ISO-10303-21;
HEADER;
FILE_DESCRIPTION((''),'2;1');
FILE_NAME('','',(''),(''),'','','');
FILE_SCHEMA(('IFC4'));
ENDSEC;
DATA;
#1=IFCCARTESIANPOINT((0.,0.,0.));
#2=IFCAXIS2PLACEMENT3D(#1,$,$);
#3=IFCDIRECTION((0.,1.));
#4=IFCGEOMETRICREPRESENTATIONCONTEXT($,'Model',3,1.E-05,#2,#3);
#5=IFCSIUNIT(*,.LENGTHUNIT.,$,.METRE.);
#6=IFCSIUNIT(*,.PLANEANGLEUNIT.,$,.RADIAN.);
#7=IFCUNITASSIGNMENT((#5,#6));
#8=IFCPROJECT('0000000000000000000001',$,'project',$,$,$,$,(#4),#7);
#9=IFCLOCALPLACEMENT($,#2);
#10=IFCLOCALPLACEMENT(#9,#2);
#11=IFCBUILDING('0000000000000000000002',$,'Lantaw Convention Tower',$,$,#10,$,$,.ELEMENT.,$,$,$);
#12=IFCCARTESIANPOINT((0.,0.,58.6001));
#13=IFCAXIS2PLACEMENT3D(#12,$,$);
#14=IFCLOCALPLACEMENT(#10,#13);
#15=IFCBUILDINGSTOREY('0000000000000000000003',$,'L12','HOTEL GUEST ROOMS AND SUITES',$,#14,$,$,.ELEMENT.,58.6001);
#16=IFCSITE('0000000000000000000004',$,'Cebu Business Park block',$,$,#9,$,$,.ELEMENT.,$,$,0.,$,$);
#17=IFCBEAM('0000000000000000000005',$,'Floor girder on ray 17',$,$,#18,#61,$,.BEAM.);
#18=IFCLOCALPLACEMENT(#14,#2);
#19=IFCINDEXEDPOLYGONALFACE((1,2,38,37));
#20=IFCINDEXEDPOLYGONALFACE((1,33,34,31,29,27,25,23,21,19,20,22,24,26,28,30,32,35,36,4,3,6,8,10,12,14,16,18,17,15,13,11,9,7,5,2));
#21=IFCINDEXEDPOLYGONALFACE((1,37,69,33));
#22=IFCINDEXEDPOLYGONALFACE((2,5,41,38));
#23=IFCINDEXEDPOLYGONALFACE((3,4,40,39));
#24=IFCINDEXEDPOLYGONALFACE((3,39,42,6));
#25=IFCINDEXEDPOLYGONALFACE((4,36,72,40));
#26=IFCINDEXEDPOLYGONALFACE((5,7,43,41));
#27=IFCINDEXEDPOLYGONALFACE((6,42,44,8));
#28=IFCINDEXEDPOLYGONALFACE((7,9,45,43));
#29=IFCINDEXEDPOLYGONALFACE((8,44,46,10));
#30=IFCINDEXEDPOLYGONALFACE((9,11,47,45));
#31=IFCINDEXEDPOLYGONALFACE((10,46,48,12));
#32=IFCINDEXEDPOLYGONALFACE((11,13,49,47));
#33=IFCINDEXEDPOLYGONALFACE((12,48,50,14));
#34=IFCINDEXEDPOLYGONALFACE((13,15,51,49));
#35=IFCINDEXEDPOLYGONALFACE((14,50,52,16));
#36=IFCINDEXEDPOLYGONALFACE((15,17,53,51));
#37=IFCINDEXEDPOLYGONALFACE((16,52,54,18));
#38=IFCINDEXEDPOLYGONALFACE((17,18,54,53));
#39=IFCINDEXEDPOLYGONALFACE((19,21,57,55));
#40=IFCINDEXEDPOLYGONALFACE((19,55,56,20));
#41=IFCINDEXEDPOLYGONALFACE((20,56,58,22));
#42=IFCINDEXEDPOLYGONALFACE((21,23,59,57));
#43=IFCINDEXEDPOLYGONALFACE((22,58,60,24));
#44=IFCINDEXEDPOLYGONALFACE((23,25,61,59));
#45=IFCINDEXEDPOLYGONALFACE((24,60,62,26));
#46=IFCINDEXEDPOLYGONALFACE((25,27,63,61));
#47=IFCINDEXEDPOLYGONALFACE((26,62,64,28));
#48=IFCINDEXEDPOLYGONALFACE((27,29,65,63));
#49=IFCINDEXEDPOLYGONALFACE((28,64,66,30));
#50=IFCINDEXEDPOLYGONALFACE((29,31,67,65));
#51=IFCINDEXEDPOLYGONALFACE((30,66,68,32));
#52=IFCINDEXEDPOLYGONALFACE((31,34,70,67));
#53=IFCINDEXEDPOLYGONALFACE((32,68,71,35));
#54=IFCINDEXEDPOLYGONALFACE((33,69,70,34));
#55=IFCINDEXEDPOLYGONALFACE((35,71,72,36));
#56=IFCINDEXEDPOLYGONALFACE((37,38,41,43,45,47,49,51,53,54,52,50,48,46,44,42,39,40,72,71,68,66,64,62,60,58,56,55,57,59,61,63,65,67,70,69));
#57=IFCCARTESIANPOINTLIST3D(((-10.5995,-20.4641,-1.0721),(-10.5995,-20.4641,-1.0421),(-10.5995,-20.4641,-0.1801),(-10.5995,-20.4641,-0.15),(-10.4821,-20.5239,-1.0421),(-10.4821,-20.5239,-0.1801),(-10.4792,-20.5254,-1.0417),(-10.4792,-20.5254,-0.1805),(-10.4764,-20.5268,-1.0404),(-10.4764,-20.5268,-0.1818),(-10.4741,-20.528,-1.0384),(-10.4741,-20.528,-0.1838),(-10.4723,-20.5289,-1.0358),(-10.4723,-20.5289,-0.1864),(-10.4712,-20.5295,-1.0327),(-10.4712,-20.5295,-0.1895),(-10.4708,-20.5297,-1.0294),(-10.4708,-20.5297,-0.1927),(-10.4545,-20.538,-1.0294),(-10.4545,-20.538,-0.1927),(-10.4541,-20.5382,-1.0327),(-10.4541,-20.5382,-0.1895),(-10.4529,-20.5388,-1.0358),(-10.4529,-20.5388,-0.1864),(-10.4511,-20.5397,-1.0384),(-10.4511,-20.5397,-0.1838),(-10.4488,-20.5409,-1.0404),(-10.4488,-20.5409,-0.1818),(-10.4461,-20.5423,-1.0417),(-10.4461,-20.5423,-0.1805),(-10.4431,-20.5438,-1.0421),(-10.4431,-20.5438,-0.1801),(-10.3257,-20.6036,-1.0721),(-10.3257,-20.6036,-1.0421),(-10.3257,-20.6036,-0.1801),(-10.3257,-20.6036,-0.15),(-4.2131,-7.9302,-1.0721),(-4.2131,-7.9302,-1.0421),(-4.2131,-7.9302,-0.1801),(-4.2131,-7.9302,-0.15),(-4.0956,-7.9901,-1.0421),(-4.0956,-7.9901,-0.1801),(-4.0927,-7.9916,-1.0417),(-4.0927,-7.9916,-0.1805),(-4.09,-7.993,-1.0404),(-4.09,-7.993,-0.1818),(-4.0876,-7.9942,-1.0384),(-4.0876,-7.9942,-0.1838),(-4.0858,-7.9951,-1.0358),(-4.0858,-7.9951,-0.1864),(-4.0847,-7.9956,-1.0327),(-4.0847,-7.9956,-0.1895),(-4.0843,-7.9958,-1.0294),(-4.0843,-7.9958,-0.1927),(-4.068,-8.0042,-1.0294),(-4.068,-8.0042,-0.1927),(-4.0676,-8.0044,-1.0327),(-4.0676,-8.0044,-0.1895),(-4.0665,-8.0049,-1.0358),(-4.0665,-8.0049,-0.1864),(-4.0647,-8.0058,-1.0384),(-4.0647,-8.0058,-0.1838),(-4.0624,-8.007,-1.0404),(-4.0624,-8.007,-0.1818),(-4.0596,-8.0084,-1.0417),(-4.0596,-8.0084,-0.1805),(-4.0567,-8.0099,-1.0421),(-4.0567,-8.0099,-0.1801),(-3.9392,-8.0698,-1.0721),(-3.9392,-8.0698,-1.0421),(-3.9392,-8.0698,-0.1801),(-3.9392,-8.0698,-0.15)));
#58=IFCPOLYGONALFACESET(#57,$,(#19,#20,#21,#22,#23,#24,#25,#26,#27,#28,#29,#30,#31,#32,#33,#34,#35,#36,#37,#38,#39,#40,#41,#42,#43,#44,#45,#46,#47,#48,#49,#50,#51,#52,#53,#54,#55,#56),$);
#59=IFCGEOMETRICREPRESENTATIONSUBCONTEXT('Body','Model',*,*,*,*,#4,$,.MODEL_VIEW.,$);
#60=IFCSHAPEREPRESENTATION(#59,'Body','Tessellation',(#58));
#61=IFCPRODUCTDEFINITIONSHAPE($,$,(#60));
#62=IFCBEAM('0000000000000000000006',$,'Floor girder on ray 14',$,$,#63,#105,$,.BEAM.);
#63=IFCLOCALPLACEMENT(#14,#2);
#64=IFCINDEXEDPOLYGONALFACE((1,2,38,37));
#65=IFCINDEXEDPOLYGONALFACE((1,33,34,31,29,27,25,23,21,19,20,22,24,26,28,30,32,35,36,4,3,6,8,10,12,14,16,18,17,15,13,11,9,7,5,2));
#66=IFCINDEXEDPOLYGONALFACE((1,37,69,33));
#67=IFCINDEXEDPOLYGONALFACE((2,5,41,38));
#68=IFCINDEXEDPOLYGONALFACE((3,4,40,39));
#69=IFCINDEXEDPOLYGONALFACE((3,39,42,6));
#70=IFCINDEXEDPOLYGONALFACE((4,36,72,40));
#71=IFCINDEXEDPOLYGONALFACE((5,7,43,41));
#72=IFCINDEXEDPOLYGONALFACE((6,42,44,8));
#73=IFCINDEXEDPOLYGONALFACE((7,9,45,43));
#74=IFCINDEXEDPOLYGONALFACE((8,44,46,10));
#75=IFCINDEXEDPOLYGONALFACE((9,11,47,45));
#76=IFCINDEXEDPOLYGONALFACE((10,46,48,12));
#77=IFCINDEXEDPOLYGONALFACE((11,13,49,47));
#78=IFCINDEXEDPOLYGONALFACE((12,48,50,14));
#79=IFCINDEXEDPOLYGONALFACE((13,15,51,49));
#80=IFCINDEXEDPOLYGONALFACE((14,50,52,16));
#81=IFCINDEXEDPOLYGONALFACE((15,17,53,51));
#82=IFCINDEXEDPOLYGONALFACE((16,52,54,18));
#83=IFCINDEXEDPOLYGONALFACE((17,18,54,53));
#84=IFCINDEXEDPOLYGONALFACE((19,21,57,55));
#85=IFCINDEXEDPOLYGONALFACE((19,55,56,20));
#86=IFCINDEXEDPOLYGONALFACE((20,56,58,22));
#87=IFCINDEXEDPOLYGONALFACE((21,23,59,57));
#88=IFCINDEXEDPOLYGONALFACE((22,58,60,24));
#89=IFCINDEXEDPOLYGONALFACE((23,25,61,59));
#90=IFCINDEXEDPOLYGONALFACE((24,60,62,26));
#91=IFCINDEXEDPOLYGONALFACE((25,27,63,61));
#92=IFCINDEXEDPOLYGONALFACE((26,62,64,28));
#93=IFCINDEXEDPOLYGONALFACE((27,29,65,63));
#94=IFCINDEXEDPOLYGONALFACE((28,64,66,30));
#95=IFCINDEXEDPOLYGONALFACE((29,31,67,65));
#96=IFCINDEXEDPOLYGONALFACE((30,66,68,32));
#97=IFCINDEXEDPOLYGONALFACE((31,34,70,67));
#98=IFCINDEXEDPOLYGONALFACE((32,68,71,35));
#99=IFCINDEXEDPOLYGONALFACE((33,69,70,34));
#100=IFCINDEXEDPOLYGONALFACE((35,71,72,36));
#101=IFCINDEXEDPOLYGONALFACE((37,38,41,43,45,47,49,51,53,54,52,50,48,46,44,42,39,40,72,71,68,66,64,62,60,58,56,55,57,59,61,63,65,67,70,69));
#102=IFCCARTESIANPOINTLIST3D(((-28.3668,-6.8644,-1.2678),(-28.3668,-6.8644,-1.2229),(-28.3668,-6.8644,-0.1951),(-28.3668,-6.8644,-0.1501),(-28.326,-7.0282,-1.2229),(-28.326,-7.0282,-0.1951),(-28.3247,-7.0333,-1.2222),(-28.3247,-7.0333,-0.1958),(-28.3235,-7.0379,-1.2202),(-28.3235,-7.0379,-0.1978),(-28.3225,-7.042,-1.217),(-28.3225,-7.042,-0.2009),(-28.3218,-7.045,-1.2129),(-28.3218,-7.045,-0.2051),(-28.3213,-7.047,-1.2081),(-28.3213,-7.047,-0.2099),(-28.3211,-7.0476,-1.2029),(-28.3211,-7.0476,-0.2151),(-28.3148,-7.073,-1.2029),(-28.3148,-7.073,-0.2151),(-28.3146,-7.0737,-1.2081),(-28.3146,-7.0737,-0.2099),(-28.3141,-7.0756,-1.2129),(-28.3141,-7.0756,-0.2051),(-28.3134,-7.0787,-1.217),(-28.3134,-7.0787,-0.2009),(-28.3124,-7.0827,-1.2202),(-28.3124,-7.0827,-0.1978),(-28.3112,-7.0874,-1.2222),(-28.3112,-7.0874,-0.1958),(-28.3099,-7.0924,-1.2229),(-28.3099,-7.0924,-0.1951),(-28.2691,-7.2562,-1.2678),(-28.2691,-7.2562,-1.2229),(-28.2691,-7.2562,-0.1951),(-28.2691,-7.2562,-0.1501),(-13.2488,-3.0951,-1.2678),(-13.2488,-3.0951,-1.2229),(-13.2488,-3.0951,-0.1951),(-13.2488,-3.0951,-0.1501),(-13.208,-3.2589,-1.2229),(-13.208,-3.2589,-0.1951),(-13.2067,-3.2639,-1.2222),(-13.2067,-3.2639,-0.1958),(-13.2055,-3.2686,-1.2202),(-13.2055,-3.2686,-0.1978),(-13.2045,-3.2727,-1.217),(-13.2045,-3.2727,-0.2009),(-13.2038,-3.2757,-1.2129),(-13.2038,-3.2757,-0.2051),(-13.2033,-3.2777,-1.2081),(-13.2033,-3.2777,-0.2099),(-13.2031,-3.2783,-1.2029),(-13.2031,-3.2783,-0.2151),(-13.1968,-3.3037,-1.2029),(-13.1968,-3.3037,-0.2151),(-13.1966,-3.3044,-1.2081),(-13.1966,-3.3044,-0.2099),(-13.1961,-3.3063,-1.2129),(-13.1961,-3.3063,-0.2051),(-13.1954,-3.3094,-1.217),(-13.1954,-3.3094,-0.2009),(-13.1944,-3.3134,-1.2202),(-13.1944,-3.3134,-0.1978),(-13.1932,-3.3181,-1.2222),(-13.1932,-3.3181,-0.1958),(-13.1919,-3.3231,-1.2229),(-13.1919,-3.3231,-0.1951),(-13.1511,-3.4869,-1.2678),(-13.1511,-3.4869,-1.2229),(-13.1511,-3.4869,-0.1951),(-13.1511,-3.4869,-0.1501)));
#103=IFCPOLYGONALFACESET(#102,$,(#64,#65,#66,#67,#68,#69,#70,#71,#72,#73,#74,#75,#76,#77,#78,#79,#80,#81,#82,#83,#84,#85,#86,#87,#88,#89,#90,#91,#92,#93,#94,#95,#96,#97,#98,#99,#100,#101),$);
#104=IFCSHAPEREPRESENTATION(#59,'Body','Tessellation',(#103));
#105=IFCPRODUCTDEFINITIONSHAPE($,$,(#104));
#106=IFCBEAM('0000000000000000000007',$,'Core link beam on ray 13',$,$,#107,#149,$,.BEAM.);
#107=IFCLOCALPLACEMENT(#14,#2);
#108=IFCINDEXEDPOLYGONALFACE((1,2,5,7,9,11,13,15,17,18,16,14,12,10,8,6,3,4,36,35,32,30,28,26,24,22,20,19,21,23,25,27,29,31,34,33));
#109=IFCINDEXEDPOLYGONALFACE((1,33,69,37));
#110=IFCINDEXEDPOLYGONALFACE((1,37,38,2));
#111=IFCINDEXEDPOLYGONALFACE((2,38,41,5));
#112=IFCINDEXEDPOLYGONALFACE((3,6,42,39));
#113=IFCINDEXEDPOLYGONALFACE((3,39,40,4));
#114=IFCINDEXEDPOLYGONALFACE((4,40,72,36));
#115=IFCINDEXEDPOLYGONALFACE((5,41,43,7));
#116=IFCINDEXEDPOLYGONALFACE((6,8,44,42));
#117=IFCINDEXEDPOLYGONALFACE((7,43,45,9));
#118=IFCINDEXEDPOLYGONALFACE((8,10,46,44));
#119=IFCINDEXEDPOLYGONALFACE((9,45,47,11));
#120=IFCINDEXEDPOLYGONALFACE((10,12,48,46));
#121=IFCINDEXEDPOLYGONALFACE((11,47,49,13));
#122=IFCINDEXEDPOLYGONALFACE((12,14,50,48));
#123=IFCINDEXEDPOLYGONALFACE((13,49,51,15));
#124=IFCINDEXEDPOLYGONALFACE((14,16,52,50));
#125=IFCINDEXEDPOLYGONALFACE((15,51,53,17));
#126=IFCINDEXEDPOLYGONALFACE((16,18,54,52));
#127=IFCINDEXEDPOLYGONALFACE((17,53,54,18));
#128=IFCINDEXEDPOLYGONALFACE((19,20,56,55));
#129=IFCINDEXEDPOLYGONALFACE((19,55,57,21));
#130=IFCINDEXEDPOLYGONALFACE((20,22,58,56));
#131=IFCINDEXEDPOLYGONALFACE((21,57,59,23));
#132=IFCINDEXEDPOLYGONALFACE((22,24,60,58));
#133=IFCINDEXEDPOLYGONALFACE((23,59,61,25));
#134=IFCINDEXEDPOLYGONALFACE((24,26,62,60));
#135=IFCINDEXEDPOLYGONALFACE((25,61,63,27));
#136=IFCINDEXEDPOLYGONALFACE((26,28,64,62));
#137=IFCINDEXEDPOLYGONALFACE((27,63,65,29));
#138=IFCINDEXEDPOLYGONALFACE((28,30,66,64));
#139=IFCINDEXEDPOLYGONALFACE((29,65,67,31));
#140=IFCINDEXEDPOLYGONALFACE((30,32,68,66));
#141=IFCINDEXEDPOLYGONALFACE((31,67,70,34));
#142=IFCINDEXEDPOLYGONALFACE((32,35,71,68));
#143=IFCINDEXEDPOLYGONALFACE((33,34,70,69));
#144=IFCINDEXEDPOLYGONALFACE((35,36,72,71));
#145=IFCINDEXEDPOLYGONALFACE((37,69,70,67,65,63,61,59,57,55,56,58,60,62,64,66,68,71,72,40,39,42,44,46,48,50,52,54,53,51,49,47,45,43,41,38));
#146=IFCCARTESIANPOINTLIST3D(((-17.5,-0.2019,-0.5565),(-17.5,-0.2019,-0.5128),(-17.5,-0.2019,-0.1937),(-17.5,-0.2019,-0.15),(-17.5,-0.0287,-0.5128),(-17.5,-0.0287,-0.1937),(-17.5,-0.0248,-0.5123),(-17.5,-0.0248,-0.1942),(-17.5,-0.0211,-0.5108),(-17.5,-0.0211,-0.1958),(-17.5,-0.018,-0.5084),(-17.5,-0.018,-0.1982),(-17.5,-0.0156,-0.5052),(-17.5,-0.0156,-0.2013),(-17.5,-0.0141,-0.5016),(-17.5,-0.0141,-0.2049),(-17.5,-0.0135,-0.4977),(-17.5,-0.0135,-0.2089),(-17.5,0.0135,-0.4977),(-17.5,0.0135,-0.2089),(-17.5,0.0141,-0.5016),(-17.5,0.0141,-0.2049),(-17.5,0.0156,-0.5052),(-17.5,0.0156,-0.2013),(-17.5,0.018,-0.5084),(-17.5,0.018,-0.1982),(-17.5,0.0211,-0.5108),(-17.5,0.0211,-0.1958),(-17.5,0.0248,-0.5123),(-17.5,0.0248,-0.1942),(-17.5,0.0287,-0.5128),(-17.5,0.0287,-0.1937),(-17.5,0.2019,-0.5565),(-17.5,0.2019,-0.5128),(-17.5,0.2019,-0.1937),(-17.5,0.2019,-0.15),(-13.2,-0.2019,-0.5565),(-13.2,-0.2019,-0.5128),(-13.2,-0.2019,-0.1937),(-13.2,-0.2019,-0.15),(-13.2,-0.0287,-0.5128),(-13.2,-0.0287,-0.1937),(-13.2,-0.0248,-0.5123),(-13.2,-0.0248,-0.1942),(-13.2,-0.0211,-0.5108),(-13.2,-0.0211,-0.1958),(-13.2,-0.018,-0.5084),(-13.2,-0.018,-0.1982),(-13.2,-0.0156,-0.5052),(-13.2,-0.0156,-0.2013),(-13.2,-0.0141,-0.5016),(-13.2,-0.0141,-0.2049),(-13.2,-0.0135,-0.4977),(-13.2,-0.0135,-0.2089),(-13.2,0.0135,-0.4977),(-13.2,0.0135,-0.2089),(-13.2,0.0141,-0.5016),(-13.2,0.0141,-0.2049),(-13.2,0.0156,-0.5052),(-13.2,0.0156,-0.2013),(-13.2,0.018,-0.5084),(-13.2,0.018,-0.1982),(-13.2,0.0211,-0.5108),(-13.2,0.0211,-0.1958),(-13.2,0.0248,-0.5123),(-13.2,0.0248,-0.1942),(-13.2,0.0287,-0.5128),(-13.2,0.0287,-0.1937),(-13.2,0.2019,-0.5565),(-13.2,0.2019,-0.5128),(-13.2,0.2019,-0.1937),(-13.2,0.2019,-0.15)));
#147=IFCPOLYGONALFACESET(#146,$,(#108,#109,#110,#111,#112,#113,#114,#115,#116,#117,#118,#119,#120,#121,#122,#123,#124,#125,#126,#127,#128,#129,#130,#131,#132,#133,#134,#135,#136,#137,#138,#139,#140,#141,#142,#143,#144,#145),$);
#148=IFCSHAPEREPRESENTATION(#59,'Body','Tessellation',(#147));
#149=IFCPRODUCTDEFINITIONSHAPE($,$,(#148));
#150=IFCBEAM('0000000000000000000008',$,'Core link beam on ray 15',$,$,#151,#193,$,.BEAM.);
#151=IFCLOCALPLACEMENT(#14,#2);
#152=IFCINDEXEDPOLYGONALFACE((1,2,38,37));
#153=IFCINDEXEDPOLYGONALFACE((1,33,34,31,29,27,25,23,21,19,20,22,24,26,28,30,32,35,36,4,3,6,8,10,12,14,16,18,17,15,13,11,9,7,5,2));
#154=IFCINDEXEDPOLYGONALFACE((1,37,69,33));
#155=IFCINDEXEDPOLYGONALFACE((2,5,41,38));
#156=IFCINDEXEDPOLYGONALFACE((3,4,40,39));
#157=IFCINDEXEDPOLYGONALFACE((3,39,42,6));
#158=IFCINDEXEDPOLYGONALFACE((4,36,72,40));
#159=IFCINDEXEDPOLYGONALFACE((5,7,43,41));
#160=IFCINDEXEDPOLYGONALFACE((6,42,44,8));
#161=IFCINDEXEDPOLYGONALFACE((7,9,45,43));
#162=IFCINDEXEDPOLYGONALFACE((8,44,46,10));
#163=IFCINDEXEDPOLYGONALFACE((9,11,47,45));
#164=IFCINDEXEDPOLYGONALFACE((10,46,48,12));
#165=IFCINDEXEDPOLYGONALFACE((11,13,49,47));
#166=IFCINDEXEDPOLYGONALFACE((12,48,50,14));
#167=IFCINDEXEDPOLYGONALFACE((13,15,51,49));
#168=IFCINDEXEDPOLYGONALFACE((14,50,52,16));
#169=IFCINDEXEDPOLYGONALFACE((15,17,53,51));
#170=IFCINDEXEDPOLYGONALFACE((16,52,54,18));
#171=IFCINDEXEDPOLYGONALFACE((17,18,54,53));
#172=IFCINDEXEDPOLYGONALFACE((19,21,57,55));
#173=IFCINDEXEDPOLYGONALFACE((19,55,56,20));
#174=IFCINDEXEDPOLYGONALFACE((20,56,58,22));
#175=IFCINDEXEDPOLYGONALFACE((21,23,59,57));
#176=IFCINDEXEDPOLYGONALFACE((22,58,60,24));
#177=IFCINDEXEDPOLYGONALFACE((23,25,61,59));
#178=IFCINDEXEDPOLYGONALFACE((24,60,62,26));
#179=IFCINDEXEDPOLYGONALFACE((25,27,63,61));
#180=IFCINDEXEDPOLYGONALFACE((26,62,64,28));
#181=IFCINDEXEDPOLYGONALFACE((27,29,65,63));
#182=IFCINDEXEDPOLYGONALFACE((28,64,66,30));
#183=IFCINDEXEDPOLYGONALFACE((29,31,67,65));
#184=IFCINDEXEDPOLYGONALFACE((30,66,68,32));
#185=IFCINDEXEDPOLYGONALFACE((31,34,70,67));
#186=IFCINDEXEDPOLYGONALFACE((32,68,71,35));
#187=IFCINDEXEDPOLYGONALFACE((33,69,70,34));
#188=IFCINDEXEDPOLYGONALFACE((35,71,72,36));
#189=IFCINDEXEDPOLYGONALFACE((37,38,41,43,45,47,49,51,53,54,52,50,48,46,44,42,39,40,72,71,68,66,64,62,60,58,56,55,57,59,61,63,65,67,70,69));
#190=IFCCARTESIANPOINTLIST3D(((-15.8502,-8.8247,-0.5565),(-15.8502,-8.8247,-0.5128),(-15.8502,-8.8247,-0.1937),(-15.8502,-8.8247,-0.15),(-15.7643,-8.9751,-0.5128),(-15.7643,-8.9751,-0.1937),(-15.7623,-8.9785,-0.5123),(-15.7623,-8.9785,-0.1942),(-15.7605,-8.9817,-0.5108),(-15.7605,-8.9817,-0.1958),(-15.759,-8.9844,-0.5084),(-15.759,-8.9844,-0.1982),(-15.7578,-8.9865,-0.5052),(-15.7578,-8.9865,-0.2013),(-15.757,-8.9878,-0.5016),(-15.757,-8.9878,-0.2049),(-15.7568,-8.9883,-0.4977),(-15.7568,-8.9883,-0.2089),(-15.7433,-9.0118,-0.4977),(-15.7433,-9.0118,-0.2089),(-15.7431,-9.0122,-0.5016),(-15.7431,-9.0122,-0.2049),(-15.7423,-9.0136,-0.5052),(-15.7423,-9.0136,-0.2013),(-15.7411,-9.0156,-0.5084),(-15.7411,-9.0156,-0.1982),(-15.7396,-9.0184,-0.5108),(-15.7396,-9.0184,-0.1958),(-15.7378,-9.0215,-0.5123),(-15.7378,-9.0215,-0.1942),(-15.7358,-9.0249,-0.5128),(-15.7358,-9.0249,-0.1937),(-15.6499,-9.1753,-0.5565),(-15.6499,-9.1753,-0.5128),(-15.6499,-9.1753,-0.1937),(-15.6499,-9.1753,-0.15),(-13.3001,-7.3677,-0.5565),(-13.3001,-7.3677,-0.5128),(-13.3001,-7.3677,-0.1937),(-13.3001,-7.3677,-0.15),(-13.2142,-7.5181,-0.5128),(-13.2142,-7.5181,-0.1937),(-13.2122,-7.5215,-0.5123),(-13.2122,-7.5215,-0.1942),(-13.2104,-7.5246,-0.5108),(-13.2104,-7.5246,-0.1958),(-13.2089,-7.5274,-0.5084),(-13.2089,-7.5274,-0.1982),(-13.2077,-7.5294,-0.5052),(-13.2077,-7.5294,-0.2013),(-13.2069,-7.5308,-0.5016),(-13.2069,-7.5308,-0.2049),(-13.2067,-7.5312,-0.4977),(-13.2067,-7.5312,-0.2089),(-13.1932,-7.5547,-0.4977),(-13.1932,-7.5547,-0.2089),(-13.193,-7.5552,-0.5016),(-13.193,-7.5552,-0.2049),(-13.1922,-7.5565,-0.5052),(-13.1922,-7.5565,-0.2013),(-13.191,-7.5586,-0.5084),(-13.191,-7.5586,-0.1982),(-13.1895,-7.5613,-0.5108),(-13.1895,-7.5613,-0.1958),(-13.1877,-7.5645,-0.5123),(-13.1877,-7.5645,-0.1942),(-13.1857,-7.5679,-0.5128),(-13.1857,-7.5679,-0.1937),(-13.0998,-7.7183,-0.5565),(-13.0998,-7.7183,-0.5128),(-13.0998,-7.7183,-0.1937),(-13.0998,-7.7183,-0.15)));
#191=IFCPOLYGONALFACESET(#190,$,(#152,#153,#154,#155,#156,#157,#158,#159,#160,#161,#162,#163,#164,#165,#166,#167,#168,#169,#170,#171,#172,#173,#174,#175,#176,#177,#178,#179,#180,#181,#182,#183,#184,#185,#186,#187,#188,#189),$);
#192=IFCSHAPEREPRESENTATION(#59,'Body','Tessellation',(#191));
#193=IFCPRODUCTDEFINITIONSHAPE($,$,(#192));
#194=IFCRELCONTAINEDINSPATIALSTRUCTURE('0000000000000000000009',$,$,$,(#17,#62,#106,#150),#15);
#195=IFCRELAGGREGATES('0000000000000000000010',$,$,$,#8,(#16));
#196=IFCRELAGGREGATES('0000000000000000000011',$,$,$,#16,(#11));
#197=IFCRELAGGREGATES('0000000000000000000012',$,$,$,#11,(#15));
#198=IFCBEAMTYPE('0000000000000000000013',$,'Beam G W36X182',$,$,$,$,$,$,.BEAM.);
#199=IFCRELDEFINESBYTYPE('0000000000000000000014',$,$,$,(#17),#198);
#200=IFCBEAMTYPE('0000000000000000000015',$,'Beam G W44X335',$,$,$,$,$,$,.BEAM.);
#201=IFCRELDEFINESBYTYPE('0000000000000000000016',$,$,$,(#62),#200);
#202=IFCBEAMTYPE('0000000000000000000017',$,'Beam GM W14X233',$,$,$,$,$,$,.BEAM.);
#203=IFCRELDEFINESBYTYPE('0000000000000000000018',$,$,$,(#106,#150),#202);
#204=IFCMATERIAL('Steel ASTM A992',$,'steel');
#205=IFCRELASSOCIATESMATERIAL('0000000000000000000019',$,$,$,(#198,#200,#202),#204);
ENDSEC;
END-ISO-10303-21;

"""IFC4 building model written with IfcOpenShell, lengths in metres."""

from ifc_helpers import new_model, si_unit, direction, frame, origin, origin_2d, place, context, subcontext, project, spatial, i_section, extrude, material, material_profile, profile_set, type_object, element, save


model = new_model("IFC4")

# Units and contexts
model_context = context("Model", 3, precision=1e-05, world=origin(), true_north=direction((0.0, 1.0)))
body_context = subcontext(model_context, "Body", "Model", "MODEL_VIEW")
ifc_project = project(units=[si_unit("LENGTHUNIT", "METRE"), si_unit("PLANEANGLEUNIT", "RADIAN")], contexts=[model_context])

# Site, building, storey
site_placement = place(None, origin())
site = spatial("IfcSite", under=ifc_project, at=site_placement, Name="Cebu Business Park block", CompositionType="ELEMENT", RefElevation=0.0)
building_placement = place(site_placement, origin())
building = spatial("IfcBuilding", under=site, at=building_placement, Name="Lantaw Convention Tower", CompositionType="ELEMENT")
storey_placement = place(building_placement, frame((0.0, 0.0, 58.6001)))
storey = spatial("IfcBuildingStorey", under=building, at=storey_placement, Name="L12", Description="HOTEL GUEST ROOMS AND SUITES", CompositionType="ELEMENT", Elevation=58.6001)

# Beams
ifc_material_1 = material(Name="Steel ASTM A992", Category="steel")
ifc_material_profile_1 = material_profile(ifc_material_1, i_section(OverallWidth=0.3074, OverallDepth=0.9221, WebThickness=0.0183, FlangeThickness=0.03, FilletRadius=0.0127, at=origin_2d()), Name="W36X182")
ifc_profile_set_1 = profile_set([ifc_material_profile_1], Name="Steel ASTM A992")
beam_type_1 = type_object("IfcBeamType", Name="Beam G W36X182", PredefinedType="BEAM", material=ifc_profile_set_1)
beam_1_placement = place(storey_placement, frame((-4.0762, -8.0, -0.6111), z_axis=(-0.453997, -0.891003, 0.0), x_axis=(0.891003, -0.453997, 0.0)))
element("IfcBeam", 1, at=beam_1_placement, inside=storey, type_object=beam_type_1, Name="Floor girder on ray 17", PredefinedType="BEAM", context=body_context, shape_type="SweptSolid", body=[
    extrude(i_section(OverallWidth=0.3074, OverallDepth=0.9221, WebThickness=0.0183, FlangeThickness=0.03, FilletRadius=0.0127, at=origin_2d()), origin(), (0.0, 0.0, 1.0), 14.0671),
])
ifc_material_profile_2 = material_profile(ifc_material_1, i_section(OverallWidth=0.4038, OverallDepth=1.1177, WebThickness=0.0261, FlangeThickness=0.0449, FilletRadius=0.02, at=origin_2d()), Name="W44X335")
ifc_profile_set_2 = profile_set([ifc_material_profile_2], Name="Steel ASTM A992")
beam_type_2 = type_object("IfcBeamType", Name="Beam G W44X335", PredefinedType="BEAM", material=ifc_profile_set_2)
beam_2_placement = place(storey_placement, frame((-13.2, -3.291, -0.709), z_axis=(-0.970296, -0.24192, 0.0), x_axis=(0.24192, -0.970296, 0.0)))
element("IfcBeam", 2, at=beam_2_placement, inside=storey, type_object=beam_type_2, Name="Floor girder on ray 14", PredefinedType="BEAM", context=body_context, shape_type="SweptSolid", body=[
    extrude(i_section(OverallWidth=0.4038, OverallDepth=1.1177, WebThickness=0.0261, FlangeThickness=0.0449, FilletRadius=0.02, at=origin_2d()), origin(), (0.0, 0.0, 1.0), 15.5808),
])
ifc_material_profile_3 = material_profile(ifc_material_1, i_section(OverallWidth=0.4038, OverallDepth=0.4065, WebThickness=0.0271, FlangeThickness=0.0437, FilletRadius=0.0151, at=origin_2d()), Name="W14X233")
ifc_profile_set_3 = profile_set([ifc_material_profile_3], Name="Steel ASTM A992")
beam_type_3 = type_object("IfcBeamType", Name="Beam GM W14X233", PredefinedType="BEAM", material=ifc_profile_set_3)
beam_3_placement = place(storey_placement, frame((-13.2, 0.0, -0.3533), z_axis=(-1.0, 0.0, 0.0), x_axis=(0.0, -1.0, 0.0)))
element("IfcBeam", 3, at=beam_3_placement, inside=storey, type_object=beam_type_3, Name="Core link beam on ray 13", PredefinedType="BEAM", context=body_context, shape_type="SweptSolid", body=[
    extrude(i_section(OverallWidth=0.4038, OverallDepth=0.4065, WebThickness=0.0271, FlangeThickness=0.0437, FilletRadius=0.0151, at=origin_2d()), origin(), (0.0, 0.0, 1.0), 4.3),
])
beam_4_placement = place(storey_placement, frame((-13.2, -7.543, -0.3533), z_axis=(-0.868264, -0.496103, 0.0), x_axis=(0.496103, -0.868264, 0.0)))
element("IfcBeam", 4, at=beam_4_placement, inside=storey, type_object=beam_type_3, Name="Core link beam on ray 15", PredefinedType="BEAM", context=body_context, shape_type="SweptSolid", body=[
    extrude(i_section(OverallWidth=0.4038, OverallDepth=0.4065, WebThickness=0.0271, FlangeThickness=0.0437, FilletRadius=0.0151, at=origin_2d()), origin(), (0.0, 0.0, 1.0), 2.937),
])

save(model, "model.ifc")
